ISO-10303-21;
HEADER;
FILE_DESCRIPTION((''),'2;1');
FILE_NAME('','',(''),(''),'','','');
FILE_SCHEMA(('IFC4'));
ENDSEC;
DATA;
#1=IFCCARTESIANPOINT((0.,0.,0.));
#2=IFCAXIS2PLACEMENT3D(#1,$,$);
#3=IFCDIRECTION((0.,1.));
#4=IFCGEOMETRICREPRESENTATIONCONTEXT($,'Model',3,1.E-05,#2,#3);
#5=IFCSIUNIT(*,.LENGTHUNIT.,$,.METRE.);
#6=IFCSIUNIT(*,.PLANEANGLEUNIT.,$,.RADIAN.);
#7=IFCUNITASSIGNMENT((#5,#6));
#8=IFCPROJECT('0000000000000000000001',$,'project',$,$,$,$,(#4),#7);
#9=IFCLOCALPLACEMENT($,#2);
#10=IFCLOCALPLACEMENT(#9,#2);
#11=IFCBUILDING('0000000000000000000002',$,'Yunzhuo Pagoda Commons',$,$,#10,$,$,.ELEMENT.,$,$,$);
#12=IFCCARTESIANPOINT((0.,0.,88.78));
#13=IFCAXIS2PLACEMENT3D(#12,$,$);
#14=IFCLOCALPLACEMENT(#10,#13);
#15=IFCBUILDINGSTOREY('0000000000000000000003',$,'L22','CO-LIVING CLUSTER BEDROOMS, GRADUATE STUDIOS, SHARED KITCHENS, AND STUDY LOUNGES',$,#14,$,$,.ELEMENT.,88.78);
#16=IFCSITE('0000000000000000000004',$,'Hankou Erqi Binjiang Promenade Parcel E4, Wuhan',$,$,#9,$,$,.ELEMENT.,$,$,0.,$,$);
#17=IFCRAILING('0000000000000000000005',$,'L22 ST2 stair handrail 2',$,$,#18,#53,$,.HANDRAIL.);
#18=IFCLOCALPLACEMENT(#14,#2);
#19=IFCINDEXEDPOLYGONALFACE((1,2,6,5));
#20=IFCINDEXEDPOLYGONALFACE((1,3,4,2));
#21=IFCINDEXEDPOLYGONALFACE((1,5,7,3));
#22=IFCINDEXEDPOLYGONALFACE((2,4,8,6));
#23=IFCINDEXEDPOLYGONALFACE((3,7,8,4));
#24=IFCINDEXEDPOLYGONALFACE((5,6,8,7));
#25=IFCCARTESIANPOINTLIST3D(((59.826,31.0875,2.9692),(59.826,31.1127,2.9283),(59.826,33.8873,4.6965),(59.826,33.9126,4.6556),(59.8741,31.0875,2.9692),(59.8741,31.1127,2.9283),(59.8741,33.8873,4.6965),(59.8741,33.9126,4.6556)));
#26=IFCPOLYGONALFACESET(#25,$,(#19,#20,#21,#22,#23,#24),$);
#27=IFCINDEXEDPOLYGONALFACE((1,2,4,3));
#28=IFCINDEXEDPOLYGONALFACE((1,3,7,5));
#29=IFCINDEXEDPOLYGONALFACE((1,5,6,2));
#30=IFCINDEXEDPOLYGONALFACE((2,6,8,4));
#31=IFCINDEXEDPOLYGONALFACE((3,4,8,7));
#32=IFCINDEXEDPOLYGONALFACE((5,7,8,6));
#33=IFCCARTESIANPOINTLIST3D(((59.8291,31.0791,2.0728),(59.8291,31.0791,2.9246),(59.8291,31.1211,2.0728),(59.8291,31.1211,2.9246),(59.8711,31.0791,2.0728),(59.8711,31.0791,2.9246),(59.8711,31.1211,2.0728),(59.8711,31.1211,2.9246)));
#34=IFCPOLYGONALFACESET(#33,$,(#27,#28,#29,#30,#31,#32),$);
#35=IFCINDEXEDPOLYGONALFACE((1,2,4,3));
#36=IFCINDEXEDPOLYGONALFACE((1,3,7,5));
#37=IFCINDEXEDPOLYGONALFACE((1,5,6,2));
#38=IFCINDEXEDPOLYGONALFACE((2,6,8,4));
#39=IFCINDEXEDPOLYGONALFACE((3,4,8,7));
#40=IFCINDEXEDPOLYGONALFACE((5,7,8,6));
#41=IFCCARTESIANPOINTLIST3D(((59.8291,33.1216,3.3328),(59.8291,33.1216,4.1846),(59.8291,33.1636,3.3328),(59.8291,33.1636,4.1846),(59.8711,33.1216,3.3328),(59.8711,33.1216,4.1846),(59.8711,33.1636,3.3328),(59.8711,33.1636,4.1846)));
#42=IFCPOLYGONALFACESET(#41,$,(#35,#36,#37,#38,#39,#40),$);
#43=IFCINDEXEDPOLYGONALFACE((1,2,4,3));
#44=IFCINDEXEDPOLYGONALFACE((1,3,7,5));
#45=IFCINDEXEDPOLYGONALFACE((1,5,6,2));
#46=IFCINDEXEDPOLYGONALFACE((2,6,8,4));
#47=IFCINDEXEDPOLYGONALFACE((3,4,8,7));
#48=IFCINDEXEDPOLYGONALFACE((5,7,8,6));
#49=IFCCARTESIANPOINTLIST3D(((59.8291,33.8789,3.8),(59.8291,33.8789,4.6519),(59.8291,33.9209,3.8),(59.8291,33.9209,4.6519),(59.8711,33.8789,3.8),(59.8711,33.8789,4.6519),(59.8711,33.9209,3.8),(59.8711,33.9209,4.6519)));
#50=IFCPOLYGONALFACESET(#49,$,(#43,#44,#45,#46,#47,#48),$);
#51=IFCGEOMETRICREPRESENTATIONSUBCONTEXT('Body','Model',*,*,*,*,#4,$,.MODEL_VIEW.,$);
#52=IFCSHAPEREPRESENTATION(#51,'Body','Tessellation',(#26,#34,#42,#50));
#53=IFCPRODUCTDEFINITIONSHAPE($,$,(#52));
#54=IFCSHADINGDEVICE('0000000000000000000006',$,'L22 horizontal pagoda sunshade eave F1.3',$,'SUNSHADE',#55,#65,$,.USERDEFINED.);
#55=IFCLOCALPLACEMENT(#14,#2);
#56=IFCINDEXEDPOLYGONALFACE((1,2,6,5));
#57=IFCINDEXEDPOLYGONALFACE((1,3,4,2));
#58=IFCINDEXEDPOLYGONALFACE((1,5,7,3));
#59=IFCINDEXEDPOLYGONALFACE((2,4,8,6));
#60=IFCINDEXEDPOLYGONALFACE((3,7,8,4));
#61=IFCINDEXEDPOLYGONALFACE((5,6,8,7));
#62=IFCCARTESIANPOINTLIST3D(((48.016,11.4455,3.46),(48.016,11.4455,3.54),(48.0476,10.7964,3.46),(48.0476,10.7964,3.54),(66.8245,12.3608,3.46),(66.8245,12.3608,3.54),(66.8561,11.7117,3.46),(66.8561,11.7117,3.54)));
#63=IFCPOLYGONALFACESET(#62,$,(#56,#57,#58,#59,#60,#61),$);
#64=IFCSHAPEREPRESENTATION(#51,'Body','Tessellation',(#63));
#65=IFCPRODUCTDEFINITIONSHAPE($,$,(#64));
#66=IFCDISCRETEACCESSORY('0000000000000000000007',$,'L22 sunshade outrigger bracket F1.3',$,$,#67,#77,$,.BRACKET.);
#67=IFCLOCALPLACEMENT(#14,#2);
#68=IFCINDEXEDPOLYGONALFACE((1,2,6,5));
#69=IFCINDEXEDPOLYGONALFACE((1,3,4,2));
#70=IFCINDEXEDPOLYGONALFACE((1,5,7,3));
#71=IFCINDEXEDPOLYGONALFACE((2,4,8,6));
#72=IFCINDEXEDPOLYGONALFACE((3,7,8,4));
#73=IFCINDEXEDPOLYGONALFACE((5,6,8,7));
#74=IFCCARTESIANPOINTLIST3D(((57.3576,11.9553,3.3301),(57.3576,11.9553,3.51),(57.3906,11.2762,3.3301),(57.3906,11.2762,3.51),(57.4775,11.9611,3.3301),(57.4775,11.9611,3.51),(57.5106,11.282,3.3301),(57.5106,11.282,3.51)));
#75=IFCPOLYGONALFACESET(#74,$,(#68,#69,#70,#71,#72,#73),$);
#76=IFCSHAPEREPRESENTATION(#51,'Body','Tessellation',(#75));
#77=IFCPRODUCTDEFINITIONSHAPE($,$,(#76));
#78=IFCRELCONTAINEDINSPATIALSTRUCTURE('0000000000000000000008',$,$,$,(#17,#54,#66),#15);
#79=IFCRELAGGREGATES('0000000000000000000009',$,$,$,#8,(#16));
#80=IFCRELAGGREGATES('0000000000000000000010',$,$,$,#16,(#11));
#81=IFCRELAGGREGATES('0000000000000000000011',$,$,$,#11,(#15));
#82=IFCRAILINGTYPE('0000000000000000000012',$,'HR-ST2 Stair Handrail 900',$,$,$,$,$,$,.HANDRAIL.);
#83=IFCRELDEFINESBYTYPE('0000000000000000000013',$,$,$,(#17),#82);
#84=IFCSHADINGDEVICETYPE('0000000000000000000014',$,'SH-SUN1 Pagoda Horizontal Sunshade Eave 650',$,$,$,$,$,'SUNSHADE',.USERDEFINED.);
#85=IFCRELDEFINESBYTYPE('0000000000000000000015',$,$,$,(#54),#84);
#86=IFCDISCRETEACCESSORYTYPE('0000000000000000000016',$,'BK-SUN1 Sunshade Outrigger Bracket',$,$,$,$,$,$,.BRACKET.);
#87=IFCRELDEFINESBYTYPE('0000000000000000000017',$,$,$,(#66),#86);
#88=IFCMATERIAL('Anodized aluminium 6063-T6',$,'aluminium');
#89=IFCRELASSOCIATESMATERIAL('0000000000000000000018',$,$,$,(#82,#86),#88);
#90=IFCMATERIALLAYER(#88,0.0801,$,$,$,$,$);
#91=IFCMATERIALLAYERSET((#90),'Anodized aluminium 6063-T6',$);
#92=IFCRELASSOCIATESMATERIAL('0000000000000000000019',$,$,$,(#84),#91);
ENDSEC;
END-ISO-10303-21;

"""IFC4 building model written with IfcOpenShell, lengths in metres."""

from ifc_helpers import new_model, si_unit, direction, frame, origin, origin_2d, place, context, subcontext, project, spatial, rectangle, extrude, source, transform, mapped, material, layer, layer_set, type_object, element, save


model = new_model("IFC4")

# Units and contexts
model_context = context("Model", 3, precision=1e-05, world=origin(), true_north=direction((0.0, 1.0)))
body_context = subcontext(model_context, "Body", "Model", "MODEL_VIEW")
ifc_project = project(units=[si_unit("LENGTHUNIT", "METRE"), si_unit("PLANEANGLEUNIT", "RADIAN")], contexts=[model_context])

# Site, building, storey
site_placement = place(None, origin())
site = spatial("IfcSite", under=ifc_project, at=site_placement, Name="Hankou Erqi Binjiang Promenade Parcel E4, Wuhan", CompositionType="ELEMENT", RefElevation=0.0)
building_placement = place(site_placement, origin())
building = spatial("IfcBuilding", under=site, at=building_placement, Name="Yunzhuo Pagoda Commons", CompositionType="ELEMENT")
storey_placement = place(building_placement, frame((0.0, 0.0, 88.78)))
storey = spatial("IfcBuildingStorey", under=building, at=storey_placement, Name="L22", Description="CO-LIVING CLUSTER BEDROOMS, GRADUATE STUDIOS, SHARED KITCHENS, AND STUDY LOUNGES", CompositionType="ELEMENT", Elevation=88.78)

# Shared definitions
ifc_material_1 = material(Name="Anodized aluminium 6063-T6", Category="aluminium")

# Railing
railing_type_1 = type_object("IfcRailingType", Name="HR-ST2 Stair Handrail 900", PredefinedType="HANDRAIL", material=ifc_material_1)
railing_1_placement = place(storey_placement, frame((59.8501, 31.1001, 2.0728)))
element("IfcRailing", 1, at=railing_1_placement, inside=storey, type_object=railing_type_1, Name="L22 ST2 stair handrail 2", PredefinedType="HANDRAIL", context=body_context, shape_type="SweptSolid", body=[
    extrude(rectangle(XDim=0.0481, YDim=0.0481, at=origin_2d()), frame((0.0, 0.0, 0.876), z_axis=(0.0, 0.851069, 0.525054), x_axis=(-1.0, 0.0, 0.0)), (0.0, 0.0, 1.0), 3.2898),
    extrude(rectangle(XDim=0.042, YDim=0.042, at=origin_2d()), origin(), (0.0, 0.0, 1.0), 0.8518),
    extrude(rectangle(XDim=0.042, YDim=0.042, at=origin_2d()), frame((0.0, 2.0425, 1.26)), (0.0, 0.0, 1.0), 0.8518),
    extrude(rectangle(XDim=0.042, YDim=0.042, at=origin_2d()), frame((0.0, 2.7998, 1.7273)), (0.0, 0.0, 1.0), 0.8518),
])

# Shading device
ifc_layer_1 = layer(ifc_material_1, 0.0801)
ifc_layer_set_1 = layer_set([ifc_layer_1], Name="Anodized aluminium 6063-T6")
shading_device_type = type_object("IfcShadingDeviceType", Name="SH-SUN1 Pagoda Horizontal Sunshade Eave 650", ElementType="SUNSHADE", PredefinedType="USERDEFINED", material=ifc_layer_set_1)
shared_shape_1 = source(origin(), body_context, "Body", "SweptSolid", [
    extrude(rectangle(XDim=18.8308, YDim=0.6499, at=origin_2d()), origin(), (0.0, 0.0, 1.0), 0.0801),
])
shading_device_placement = place(storey_placement, frame((57.436, 11.5786, 3.46), z_axis=(0.0, 0.0, 1.0), x_axis=(0.998818, 0.048606, 0.0)))
element("IfcShadingDevice", 2, at=shading_device_placement, inside=storey, type_object=shading_device_type, Name="L22 horizontal pagoda sunshade eave F1.3", ObjectType="SUNSHADE", PredefinedType="USERDEFINED", context=body_context, shape_type="MappedRepresentation", body=[
    mapped(shared_shape_1, transform((0.0, 0.0, 0.0), scale=1.0)),
])

# Discrete accessory
discrete_accessory_type = type_object("IfcDiscreteAccessoryType", Name="BK-SUN1 Sunshade Outrigger Bracket", PredefinedType="BRACKET", material=ifc_material_1)
shared_shape_2 = source(origin(), body_context, "Body", "SweptSolid", [
    extrude(rectangle(XDim=0.1201, YDim=0.6799, at=origin_2d()), origin(), (0.0, 0.0, 1.0), 0.1799),
])
discrete_accessory_placement = place(storey_placement, frame((57.4341, 11.6187, 3.3301), z_axis=(0.0, 0.0, 1.0), x_axis=(0.998818, 0.048606, 0.0)))
element("IfcDiscreteAccessory", 3, at=discrete_accessory_placement, inside=storey, type_object=discrete_accessory_type, Name="L22 sunshade outrigger bracket F1.3", PredefinedType="BRACKET", context=body_context, shape_type="MappedRepresentation", body=[
    mapped(shared_shape_2, transform((0.0, 0.0, 0.0), scale=1.0)),
])

save(model, "model.ifc")
